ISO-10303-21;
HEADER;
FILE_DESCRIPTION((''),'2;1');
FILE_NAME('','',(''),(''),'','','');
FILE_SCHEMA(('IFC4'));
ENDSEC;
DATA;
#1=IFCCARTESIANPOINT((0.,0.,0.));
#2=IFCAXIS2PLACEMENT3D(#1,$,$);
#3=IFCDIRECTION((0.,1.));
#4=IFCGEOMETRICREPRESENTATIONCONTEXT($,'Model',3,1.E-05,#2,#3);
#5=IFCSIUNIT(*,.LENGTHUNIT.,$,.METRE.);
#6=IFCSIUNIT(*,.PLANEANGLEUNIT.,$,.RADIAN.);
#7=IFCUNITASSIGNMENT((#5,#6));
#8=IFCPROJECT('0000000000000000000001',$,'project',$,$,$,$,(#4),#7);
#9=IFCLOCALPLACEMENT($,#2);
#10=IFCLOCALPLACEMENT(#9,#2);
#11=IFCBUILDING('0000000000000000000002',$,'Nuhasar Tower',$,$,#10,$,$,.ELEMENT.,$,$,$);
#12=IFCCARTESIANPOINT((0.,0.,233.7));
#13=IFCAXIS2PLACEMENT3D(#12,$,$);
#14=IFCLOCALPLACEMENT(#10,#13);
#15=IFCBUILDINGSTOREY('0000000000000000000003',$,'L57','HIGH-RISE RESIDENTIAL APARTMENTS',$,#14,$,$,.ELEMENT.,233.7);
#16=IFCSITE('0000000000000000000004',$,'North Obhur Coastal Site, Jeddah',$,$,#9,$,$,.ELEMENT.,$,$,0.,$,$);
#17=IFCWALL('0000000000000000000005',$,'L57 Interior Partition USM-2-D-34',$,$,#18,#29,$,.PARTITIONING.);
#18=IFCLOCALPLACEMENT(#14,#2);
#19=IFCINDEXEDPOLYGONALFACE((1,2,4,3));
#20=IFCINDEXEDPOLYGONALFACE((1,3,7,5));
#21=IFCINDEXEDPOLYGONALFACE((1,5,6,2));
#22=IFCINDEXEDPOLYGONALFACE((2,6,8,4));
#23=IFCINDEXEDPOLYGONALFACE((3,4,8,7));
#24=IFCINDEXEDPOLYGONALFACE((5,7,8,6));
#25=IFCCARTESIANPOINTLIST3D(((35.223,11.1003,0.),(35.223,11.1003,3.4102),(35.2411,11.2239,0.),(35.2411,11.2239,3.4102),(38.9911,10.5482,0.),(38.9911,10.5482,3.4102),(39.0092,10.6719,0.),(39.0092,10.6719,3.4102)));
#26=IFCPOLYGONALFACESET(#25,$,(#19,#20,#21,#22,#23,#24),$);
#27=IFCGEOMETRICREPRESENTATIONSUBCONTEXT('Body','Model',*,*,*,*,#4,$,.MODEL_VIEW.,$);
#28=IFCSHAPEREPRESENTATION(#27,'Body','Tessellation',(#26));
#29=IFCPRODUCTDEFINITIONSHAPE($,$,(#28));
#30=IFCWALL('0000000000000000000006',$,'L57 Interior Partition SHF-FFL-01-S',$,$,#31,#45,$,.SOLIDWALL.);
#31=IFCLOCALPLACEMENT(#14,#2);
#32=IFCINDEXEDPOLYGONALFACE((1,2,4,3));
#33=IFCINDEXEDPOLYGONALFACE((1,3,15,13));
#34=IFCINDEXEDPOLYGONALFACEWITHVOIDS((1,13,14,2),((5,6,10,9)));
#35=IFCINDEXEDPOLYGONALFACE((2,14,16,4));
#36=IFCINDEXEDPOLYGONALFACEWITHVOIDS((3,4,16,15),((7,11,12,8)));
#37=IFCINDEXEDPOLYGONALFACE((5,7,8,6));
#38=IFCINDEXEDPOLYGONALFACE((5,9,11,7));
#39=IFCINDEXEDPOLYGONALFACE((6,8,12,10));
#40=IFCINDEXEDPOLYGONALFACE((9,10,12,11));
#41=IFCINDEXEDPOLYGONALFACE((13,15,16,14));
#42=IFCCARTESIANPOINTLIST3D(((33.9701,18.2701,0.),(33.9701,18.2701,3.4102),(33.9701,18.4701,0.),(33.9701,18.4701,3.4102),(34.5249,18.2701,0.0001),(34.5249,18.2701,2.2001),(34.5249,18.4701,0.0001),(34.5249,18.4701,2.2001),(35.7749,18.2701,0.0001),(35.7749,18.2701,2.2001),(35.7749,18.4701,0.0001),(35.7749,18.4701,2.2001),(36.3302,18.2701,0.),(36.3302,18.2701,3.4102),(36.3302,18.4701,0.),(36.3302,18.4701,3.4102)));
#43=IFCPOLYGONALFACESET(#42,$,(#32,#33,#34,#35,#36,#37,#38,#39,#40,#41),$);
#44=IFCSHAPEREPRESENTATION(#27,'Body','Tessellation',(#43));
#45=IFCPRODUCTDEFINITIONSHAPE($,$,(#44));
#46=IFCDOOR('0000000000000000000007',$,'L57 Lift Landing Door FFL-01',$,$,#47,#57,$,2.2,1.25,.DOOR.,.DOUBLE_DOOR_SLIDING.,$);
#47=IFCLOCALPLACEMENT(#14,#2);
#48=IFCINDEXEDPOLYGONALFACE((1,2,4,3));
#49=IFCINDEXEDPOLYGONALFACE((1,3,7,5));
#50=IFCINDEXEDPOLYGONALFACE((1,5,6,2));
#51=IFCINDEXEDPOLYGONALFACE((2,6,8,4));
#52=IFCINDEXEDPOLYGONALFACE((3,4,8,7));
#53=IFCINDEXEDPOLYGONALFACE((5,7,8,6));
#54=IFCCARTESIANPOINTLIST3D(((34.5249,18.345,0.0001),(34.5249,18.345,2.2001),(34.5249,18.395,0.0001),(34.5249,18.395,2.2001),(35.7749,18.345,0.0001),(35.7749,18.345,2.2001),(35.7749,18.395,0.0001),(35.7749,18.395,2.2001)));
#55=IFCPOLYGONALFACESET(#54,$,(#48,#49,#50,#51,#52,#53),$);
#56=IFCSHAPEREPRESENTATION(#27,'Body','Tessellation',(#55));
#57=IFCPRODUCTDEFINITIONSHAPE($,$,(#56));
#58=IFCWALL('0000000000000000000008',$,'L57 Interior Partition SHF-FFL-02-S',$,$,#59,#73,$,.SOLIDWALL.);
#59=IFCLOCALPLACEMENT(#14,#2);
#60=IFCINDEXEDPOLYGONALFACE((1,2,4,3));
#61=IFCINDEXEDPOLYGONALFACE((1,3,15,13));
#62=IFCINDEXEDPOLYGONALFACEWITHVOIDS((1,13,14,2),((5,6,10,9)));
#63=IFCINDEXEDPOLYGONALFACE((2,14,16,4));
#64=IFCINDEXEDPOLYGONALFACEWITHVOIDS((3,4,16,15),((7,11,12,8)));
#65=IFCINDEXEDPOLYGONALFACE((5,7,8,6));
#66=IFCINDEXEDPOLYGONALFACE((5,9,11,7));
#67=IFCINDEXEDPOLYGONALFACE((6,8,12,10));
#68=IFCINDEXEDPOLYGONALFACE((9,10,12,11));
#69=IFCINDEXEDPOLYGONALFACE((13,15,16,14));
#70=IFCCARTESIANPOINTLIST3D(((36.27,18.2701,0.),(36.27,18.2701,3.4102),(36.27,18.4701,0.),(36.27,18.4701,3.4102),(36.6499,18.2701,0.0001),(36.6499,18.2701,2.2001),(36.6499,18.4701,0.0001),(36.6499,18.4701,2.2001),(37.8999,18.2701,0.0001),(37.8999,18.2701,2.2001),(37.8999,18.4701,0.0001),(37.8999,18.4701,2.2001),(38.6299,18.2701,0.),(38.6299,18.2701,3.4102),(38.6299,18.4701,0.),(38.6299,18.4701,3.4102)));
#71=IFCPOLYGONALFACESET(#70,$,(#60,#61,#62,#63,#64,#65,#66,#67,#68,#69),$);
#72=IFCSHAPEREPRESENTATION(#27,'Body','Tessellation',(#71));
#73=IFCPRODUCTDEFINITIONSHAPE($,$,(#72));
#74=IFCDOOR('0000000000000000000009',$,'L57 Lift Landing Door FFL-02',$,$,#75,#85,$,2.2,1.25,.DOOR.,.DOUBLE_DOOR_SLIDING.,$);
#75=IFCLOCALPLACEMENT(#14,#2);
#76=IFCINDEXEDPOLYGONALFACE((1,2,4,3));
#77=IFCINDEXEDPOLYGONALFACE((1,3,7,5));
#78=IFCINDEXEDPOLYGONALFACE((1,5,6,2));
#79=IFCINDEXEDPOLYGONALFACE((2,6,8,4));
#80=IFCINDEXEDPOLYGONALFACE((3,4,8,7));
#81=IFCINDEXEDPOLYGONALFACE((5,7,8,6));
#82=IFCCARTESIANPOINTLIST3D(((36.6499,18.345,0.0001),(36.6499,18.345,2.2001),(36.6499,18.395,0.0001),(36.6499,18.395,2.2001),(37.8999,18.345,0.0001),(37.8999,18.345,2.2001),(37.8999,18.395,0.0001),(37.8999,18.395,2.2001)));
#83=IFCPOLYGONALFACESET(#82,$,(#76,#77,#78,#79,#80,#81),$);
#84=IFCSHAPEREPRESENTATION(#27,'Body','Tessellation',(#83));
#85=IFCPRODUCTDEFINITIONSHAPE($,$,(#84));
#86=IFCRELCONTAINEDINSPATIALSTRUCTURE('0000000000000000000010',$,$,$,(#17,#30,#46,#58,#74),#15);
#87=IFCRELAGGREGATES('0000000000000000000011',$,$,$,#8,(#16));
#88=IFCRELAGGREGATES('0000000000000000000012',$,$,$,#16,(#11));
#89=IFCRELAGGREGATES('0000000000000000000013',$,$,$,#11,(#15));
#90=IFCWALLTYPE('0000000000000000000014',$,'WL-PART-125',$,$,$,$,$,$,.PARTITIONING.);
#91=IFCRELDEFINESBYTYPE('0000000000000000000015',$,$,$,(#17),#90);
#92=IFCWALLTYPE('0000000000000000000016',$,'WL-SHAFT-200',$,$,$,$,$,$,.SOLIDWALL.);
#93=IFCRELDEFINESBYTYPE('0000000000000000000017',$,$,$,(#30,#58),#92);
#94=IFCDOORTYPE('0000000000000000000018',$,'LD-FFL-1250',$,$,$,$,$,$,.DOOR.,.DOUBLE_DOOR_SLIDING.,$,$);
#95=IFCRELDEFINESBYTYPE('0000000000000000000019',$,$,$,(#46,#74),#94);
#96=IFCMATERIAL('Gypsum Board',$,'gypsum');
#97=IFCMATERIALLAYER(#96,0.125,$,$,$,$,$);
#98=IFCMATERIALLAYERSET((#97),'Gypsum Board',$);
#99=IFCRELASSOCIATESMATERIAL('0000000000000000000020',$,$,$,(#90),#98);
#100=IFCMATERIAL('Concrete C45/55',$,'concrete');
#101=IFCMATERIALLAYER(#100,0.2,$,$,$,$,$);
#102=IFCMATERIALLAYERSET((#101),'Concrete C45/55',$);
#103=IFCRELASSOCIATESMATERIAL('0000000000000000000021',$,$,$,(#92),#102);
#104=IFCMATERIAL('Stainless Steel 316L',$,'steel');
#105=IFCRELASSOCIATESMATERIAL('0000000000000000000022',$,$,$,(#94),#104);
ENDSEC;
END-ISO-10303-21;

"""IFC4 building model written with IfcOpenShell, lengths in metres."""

from ifc_helpers import new_model, si_unit, direction, frame, frame_2d, origin, place, context, subcontext, project, spatial, rectangle, extrude, material, layer, layer_set, type_object, element, fill, save


model = new_model("IFC4")

# Units and contexts
model_context = context("Model", 3, precision=1e-05, world=origin(), true_north=direction((0.0, 1.0)))
body_context = subcontext(model_context, "Body", "Model", "MODEL_VIEW")
ifc_project = project(units=[si_unit("LENGTHUNIT", "METRE"), si_unit("PLANEANGLEUNIT", "RADIAN")], contexts=[model_context])

# Site, building, storey
site_placement = place(None, origin())
site = spatial("IfcSite", under=ifc_project, at=site_placement, Name="North Obhur Coastal Site, Jeddah", CompositionType="ELEMENT", RefElevation=0.0)
building_placement = place(site_placement, origin())
building = spatial("IfcBuilding", under=site, at=building_placement, Name="Nuhasar Tower", CompositionType="ELEMENT")
storey_placement = place(building_placement, frame((0.0, 0.0, 233.7)))
storey = spatial("IfcBuildingStorey", under=building, at=storey_placement, Name="L57", Description="HIGH-RISE RESIDENTIAL APARTMENTS", CompositionType="ELEMENT", Elevation=233.7)

# Shared definitions
ifc_material_1 = material(Name="Gypsum Board", Category="gypsum")
ifc_material_2 = material(Name="Concrete C45/55", Category="concrete")

# Shared definitions
ifc_layer_1 = layer(ifc_material_1, 0.125)
ifc_layer_set_1 = layer_set([ifc_layer_1], Name="Gypsum Board")
wall_type_1 = type_object("IfcWallType", Name="WL-PART-125", PredefinedType="PARTITIONING", material=ifc_layer_set_1)

# Wall
wall_1_placement = place(storey_placement, frame((35.2319, 11.1621, 0.0), z_axis=(0.0, 0.0, 1.0), x_axis=(0.989439, -0.144948, 0.0)))
element("IfcWall", 1, at=wall_1_placement, inside=storey, type_object=wall_type_1, Name="L57 Interior Partition USM-2-D-34", PredefinedType="PARTITIONING", context=body_context, shape_type="SweptSolid", body=[
    extrude(rectangle(XDim=3.8083, YDim=0.125, at=frame_2d((1.9043, 0.0))), origin(), (0.0, 0.0, 1.0), 3.4102),
])

# Walls, openings, doors
ifc_layer_2 = layer(ifc_material_2, 0.2)
ifc_layer_set_2 = layer_set([ifc_layer_2], Name="Concrete C45/55")
wall_type_2 = type_object("IfcWallType", Name="WL-SHAFT-200", PredefinedType="SOLIDWALL", material=ifc_layer_set_2)
wall_2_placement = place(storey_placement, frame((33.97, 18.3701, 0.0), z_axis=(0.0, 0.0, 1.0), x_axis=(1.0, 0.0, 0.0)))
wall_2 = element("IfcWall", 2, at=wall_2_placement, inside=storey, type_object=wall_type_2, Name="L57 Interior Partition SHF-FFL-01-S", PredefinedType="SOLIDWALL", context=body_context, shape_type="SweptSolid", body=[
    extrude(rectangle(XDim=2.3601, YDim=0.2, at=frame_2d((1.1802, 0.0))), origin(), (0.0, 0.0, 1.0), 3.4102),
])
opening_1_placement = place(wall_2_placement, frame((0.5549, 0.0, 0.0)))
opening_1 = element("IfcOpeningElement", 3, at=opening_1_placement, cuts=wall_2, PredefinedType="OPENING", context=body_context, shape_type="SweptSolid", body=[
    extrude(rectangle(XDim=1.25, YDim=2.2, at=frame_2d((0.625, 1.1001))), frame((0.0, 0.1099, 0.0), z_axis=(0.0, -1.0, 0.0), x_axis=(1.0, 0.0, 0.0)), (0.0, 0.0, 1.0), 0.22),
])
ifc_material_3 = material(Name="Stainless Steel 316L", Category="steel")
door_type_1 = type_object("IfcDoorType", Name="LD-FFL-1250", OperationType="DOUBLE_DOOR_SLIDING", PredefinedType="DOOR", material=ifc_material_3)
door_1_placement = place(opening_1_placement, origin())
door_1 = element("IfcDoor", 4, at=door_1_placement, inside=storey, type_object=door_type_1, Name="L57 Lift Landing Door FFL-01", OperationType="DOUBLE_DOOR_SLIDING", OverallHeight=2.2, OverallWidth=1.25, PredefinedType="DOOR", context=body_context, shape_type="SweptSolid", body=[
    extrude(rectangle(XDim=1.25, YDim=2.2, at=frame_2d((0.625, 1.1001))), frame((0.0, 0.0249, 0.0), z_axis=(0.0, -1.0, 0.0), x_axis=(1.0, 0.0, 0.0)), (0.0, 0.0, 1.0), 0.05),
])
fill(opening_1, door_1)
wall_3_placement = place(storey_placement, frame((36.27, 18.3701, 0.0), z_axis=(0.0, 0.0, 1.0), x_axis=(1.0, 0.0, 0.0)))
wall_3 = element("IfcWall", 5, at=wall_3_placement, inside=storey, type_object=wall_type_2, Name="L57 Interior Partition SHF-FFL-02-S", PredefinedType="SOLIDWALL", context=body_context, shape_type="SweptSolid", body=[
    extrude(rectangle(XDim=2.3599, YDim=0.2, at=frame_2d((1.1799, 0.0))), origin(), (0.0, 0.0, 1.0), 3.4102),
])
opening_2_placement = place(wall_3_placement, frame((0.3799, 0.0, 0.0)))
opening_2 = element("IfcOpeningElement", 6, at=opening_2_placement, cuts=wall_3, PredefinedType="OPENING", context=body_context, shape_type="SweptSolid", body=[
    extrude(rectangle(XDim=1.25, YDim=2.2, at=frame_2d((0.625, 1.1001))), frame((0.0, 0.1099, 0.0), z_axis=(0.0, -1.0, 0.0), x_axis=(1.0, 0.0, 0.0)), (0.0, 0.0, 1.0), 0.22),
])
door_2_placement = place(opening_2_placement, origin())
door_2 = element("IfcDoor", 7, at=door_2_placement, inside=storey, type_object=door_type_1, Name="L57 Lift Landing Door FFL-02", OperationType="DOUBLE_DOOR_SLIDING", OverallHeight=2.2, OverallWidth=1.25, PredefinedType="DOOR", context=body_context, shape_type="SweptSolid", body=[
    extrude(rectangle(XDim=1.25, YDim=2.2, at=frame_2d((0.625, 1.1001))), frame((0.0, 0.0249, 0.0), z_axis=(0.0, -1.0, 0.0), x_axis=(1.0, 0.0, 0.0)), (0.0, 0.0, 1.0), 0.05),
])
fill(opening_2, door_2)

save(model, "model.ifc")
